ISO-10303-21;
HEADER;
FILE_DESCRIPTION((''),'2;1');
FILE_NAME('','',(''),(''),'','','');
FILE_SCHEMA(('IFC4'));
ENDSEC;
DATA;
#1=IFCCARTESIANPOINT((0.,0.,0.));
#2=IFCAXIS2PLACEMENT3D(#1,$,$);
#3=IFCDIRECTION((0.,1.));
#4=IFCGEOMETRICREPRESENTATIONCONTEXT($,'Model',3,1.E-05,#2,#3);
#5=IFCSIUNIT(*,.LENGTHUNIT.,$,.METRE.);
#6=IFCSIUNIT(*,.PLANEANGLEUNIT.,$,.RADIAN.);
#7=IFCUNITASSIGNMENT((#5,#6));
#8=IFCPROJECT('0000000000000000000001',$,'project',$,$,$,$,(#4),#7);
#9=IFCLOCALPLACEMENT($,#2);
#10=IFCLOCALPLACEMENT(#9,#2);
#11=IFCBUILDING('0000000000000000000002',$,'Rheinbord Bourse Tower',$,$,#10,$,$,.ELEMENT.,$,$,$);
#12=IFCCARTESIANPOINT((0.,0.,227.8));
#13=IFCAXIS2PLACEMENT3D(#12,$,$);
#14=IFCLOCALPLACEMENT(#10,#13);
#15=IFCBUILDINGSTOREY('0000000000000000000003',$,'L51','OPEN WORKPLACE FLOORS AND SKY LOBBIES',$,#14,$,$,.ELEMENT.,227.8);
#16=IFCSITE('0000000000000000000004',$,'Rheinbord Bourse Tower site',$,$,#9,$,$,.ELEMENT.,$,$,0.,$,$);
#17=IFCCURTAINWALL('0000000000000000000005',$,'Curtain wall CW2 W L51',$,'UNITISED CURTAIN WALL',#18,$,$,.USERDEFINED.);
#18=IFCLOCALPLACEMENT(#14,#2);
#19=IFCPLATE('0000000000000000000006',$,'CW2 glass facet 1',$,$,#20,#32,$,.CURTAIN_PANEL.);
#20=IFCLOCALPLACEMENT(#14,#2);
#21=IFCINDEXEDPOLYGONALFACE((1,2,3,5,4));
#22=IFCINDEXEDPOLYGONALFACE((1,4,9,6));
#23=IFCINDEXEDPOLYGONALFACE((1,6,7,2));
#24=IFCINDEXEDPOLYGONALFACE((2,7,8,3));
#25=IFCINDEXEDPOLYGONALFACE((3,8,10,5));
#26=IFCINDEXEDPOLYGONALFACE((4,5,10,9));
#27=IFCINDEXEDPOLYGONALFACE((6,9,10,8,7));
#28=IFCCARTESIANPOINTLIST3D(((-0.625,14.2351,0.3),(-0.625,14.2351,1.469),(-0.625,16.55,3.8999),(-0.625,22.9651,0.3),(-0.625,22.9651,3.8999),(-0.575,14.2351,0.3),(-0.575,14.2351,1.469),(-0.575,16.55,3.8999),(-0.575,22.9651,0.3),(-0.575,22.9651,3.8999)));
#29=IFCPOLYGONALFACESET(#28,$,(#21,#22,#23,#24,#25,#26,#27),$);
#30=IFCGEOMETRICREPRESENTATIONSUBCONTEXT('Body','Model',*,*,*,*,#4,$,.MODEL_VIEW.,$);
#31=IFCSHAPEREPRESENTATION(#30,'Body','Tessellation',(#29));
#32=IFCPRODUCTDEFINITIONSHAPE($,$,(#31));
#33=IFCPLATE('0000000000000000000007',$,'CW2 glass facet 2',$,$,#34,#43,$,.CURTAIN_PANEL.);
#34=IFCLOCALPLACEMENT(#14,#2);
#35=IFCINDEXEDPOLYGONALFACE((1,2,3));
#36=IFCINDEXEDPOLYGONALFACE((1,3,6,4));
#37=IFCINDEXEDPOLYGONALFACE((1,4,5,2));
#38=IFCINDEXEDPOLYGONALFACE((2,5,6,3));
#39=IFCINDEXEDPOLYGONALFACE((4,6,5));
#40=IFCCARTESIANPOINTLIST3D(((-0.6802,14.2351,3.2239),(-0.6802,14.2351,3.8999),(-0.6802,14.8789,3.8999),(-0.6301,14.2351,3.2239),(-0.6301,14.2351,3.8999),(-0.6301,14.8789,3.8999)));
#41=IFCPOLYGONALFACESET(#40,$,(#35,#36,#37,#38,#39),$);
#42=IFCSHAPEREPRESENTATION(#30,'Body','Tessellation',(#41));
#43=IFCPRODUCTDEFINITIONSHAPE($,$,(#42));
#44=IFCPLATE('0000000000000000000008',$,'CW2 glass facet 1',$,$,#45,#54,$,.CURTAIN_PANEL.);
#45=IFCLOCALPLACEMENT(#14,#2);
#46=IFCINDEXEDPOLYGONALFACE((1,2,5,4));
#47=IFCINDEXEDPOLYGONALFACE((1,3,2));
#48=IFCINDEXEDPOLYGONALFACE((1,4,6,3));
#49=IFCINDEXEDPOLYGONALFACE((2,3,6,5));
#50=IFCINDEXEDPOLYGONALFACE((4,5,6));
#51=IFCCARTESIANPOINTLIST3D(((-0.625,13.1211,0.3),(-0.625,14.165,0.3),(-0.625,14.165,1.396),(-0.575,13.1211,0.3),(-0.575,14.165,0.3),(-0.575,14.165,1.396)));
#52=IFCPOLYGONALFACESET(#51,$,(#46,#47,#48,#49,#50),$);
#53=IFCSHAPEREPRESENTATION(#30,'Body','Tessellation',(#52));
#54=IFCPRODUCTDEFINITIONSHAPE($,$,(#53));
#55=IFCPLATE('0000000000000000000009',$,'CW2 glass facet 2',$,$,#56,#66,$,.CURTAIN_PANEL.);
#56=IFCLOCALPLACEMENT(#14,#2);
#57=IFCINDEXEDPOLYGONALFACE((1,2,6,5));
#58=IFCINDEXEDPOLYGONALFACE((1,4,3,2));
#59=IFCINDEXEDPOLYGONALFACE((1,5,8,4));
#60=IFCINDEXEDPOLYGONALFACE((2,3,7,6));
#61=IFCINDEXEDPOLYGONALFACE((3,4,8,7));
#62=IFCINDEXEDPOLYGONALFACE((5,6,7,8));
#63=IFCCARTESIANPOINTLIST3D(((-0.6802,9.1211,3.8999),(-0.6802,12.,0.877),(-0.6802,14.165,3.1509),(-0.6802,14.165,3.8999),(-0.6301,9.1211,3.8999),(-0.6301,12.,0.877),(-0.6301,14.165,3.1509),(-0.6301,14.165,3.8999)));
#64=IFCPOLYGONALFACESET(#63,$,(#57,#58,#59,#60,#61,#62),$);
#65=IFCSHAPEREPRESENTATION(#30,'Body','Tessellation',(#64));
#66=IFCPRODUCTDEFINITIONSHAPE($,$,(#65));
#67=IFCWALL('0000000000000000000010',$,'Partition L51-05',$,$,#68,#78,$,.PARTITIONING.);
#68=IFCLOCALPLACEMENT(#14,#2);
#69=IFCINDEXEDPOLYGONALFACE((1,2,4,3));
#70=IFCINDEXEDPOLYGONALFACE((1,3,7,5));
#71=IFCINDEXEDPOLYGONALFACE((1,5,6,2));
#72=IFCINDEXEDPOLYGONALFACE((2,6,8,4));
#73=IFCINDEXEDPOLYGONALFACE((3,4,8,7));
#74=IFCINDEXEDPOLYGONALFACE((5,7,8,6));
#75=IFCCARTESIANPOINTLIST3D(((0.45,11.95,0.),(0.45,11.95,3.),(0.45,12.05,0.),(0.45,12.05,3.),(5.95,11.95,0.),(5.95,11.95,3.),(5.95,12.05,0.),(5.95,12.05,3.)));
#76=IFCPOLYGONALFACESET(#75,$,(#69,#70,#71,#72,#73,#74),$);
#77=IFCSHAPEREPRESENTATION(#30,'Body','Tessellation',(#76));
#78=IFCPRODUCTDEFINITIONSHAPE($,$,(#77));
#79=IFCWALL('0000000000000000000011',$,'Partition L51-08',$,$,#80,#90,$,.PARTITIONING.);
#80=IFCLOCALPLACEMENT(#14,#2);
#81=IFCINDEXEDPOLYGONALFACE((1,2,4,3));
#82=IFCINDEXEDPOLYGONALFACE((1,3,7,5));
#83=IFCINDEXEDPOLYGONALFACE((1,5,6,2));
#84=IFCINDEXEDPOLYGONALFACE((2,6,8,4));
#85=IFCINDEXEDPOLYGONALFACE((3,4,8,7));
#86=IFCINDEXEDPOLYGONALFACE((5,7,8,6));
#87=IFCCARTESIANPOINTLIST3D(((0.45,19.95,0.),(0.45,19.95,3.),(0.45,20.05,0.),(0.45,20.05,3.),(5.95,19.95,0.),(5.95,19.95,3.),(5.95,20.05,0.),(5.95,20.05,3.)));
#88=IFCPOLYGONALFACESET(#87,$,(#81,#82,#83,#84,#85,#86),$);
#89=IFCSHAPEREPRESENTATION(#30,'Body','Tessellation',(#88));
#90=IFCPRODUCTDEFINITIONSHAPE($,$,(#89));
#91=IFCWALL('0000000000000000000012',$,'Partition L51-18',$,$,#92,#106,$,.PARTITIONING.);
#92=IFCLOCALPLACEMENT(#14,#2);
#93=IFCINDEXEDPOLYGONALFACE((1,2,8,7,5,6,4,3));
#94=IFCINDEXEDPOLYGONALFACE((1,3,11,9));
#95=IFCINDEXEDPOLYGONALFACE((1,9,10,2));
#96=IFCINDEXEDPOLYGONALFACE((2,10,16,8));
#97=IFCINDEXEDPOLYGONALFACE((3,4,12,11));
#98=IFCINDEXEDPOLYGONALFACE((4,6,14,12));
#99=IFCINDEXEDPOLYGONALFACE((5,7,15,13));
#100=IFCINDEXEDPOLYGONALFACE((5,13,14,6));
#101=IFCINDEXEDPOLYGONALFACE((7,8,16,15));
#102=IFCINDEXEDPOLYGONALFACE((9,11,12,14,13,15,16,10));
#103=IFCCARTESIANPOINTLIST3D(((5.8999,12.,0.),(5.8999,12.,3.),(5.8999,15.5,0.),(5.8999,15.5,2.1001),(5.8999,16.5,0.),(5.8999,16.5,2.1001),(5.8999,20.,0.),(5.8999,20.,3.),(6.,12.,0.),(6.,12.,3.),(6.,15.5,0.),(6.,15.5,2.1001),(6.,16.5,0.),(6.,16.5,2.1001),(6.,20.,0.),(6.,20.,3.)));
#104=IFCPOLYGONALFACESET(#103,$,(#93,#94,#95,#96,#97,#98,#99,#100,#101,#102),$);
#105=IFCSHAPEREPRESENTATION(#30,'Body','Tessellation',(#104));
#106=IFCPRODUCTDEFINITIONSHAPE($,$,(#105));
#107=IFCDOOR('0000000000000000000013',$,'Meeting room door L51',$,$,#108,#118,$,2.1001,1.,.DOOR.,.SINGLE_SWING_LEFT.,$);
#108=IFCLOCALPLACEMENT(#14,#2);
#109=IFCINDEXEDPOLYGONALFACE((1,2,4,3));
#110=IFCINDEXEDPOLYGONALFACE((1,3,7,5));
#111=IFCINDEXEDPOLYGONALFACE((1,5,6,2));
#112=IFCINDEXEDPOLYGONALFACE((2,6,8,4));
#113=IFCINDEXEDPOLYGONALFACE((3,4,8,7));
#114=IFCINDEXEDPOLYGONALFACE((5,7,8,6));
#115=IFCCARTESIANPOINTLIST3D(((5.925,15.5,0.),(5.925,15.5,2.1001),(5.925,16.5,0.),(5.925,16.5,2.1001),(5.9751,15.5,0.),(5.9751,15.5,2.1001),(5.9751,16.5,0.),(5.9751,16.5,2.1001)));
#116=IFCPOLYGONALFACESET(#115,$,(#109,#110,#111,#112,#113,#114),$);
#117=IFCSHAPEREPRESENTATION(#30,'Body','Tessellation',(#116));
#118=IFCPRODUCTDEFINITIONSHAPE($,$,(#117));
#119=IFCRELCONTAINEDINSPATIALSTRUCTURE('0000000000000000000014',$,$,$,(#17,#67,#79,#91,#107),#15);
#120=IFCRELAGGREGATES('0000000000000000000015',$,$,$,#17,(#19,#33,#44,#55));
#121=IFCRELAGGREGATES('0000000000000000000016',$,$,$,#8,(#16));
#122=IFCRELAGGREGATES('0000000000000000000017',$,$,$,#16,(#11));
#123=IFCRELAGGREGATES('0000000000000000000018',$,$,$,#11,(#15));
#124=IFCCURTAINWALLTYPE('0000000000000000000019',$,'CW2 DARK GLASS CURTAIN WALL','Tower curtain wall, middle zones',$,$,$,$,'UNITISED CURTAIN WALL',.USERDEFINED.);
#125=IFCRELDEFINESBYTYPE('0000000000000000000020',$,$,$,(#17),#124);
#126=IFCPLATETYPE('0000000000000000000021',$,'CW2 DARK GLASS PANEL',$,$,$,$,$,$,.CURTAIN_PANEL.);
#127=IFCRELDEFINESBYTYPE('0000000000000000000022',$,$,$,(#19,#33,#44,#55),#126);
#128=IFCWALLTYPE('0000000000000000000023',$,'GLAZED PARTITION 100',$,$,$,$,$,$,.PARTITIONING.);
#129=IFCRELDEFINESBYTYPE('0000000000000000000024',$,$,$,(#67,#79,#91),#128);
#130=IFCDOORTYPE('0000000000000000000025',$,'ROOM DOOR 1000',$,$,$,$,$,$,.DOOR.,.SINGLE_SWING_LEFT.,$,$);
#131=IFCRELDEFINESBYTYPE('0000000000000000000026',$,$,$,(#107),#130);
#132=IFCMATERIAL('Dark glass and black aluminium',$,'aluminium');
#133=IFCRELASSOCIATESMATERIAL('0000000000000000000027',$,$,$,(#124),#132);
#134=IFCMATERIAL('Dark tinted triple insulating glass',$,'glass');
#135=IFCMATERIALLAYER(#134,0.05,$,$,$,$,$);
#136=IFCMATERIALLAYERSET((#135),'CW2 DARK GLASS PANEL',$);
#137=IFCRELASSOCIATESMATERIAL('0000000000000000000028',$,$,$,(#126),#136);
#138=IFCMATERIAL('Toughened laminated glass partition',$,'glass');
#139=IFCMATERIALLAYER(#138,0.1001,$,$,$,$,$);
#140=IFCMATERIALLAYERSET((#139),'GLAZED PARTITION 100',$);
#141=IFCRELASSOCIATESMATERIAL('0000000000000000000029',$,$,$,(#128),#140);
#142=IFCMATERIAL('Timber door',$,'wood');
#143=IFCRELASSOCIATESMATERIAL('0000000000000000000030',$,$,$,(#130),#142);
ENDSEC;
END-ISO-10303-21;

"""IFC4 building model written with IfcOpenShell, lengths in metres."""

from ifc_helpers import new_model, si_unit, direction, frame, frame_2d, origin, place, context, subcontext, project, spatial, polyline, rectangle, outline, extrude, material, layer, layer_set, type_object, element, fill, aggregate, save


model = new_model("IFC4")

# Units and contexts
model_context = context("Model", 3, precision=1e-05, world=origin(), true_north=direction((0.0, 1.0)))
body_context = subcontext(model_context, "Body", "Model", "MODEL_VIEW")
ifc_project = project(units=[si_unit("LENGTHUNIT", "METRE"), si_unit("PLANEANGLEUNIT", "RADIAN")], contexts=[model_context])

# Site, building, storey
site_placement = place(None, origin())
site = spatial("IfcSite", under=ifc_project, at=site_placement, Name="Rheinbord Bourse Tower site", CompositionType="ELEMENT", RefElevation=0.0)
building_placement = place(site_placement, origin())
building = spatial("IfcBuilding", under=site, at=building_placement, Name="Rheinbord Bourse Tower", CompositionType="ELEMENT")
storey_placement = place(building_placement, frame((0.0, 0.0, 227.8)))
storey = spatial("IfcBuildingStorey", under=building, at=storey_placement, Name="L51", Description="OPEN WORKPLACE FLOORS AND SKY LOBBIES", CompositionType="ELEMENT", Elevation=227.8)

# Curtain wall
ifc_material_1 = material(Name="Dark glass and black aluminium", Category="aluminium")
curtain_wall_type = type_object("IfcCurtainWallType", Name="CW2 DARK GLASS CURTAIN WALL", Description="Tower curtain wall, middle zones", ElementType="UNITISED CURTAIN WALL", PredefinedType="USERDEFINED", material=ifc_material_1)
curtain_wall_placement = place(storey_placement, origin())
curtain_wall = element("IfcCurtainWall", 1, at=curtain_wall_placement, inside=storey, type_object=curtain_wall_type, Name="Curtain wall CW2 W L51", ObjectType="UNITISED CURTAIN WALL", PredefinedType="USERDEFINED")

# Plates
ifc_material_2 = material(Name="Dark tinted triple insulating glass", Category="glass")
ifc_layer_1 = layer(ifc_material_2, 0.05)
ifc_layer_set_1 = layer_set([ifc_layer_1], Name="CW2 DARK GLASS PANEL")
plate_type = type_object("IfcPlateType", Name="CW2 DARK GLASS PANEL", PredefinedType="CURTAIN_PANEL", material=ifc_layer_set_1)
plate_1_placement = place(storey_placement, frame((-0.625, 14.2351, 0.3), z_axis=(1.0, 0.0, 0.0), x_axis=(0.0, 1.0, 0.0)))
plate_1 = element("IfcPlate", 2, at=plate_1_placement, type_object=plate_type, Name="CW2 glass facet 1", PredefinedType="CURTAIN_PANEL", context=body_context, shape_type="SweptSolid", body=[
    extrude(outline(polyline([(0.0, 0.0), (8.73, 0.0), (8.73, 3.5999), (2.3149, 3.5999), (0.0, 1.1689), (0.0, 0.0)])), origin(), (0.0, 0.0, 1.0), 0.05),
])
plate_2_placement = place(storey_placement, frame((-0.6802, 14.2351, 3.8999), z_axis=(1.0, 0.0, 0.0), x_axis=(0.0, 0.0, -1.0)))
plate_2 = element("IfcPlate", 3, at=plate_2_placement, type_object=plate_type, Name="CW2 glass facet 2", PredefinedType="CURTAIN_PANEL", context=body_context, shape_type="SweptSolid", body=[
    extrude(outline(polyline([(0.0, 0.0), (0.676, 0.0), (0.0, 0.6438), (0.0, 0.0)])), origin(), (0.0, 0.0, 1.0), 0.05),
])
plate_3_placement = place(storey_placement, frame((-0.625, 14.165, 0.3), z_axis=(1.0, 0.0, 0.0), x_axis=(0.0, 0.0, 1.0)))
plate_3 = element("IfcPlate", 4, at=plate_3_placement, type_object=plate_type, Name="CW2 glass facet 1", PredefinedType="CURTAIN_PANEL", context=body_context, shape_type="SweptSolid", body=[
    extrude(outline(polyline([(0.0, 0.0), (1.0959, 0.0), (0.0, 1.0439), (0.0, 0.0)])), origin(), (0.0, 0.0, 1.0), 0.05),
])
plate_4_placement = place(storey_placement, frame((-0.6802, 14.165, 3.8999), z_axis=(1.0, 0.0, 0.0), x_axis=(0.0, -1.0, 0.0)))
plate_4 = element("IfcPlate", 5, at=plate_4_placement, type_object=plate_type, Name="CW2 glass facet 2", PredefinedType="CURTAIN_PANEL", context=body_context, shape_type="SweptSolid", body=[
    extrude(outline(polyline([(0.0, 0.0), (5.0439, 0.0), (2.165, 3.0229), (0.0, 0.749), (0.0, 0.0)])), origin(), (0.0, 0.0, 1.0), 0.05),
])
aggregate(curtain_wall, [plate_1, plate_2, plate_3, plate_4])

# Walls
ifc_material_3 = material(Name="Toughened laminated glass partition", Category="glass")
ifc_layer_2 = layer(ifc_material_3, 0.1001)
ifc_layer_set_2 = layer_set([ifc_layer_2], Name="GLAZED PARTITION 100")
wall_type = type_object("IfcWallType", Name="GLAZED PARTITION 100", PredefinedType="PARTITIONING", material=ifc_layer_set_2)
for number, where, z_axis, x_axis, name in (
    (6, (0.45, 12.0, 0.0), (0.0, 0.0, 1.0), (1.0, 0.0, 0.0), "Partition L51-05"),
    (7, (0.45, 20.0, 0.0), (0.0, 0.0, 1.0), (1.0, 0.0, 0.0), "Partition L51-08"),
):
    element("IfcWall", number, at=place(storey_placement, frame(where, z_axis=z_axis, x_axis=x_axis)), inside=storey, type_object=wall_type, Name=name, PredefinedType="PARTITIONING", context=body_context, shape_type="SweptSolid", body=[
        extrude(rectangle(XDim=5.5, YDim=0.1001, at=frame_2d((2.75, 0.0))), origin(), (0.0, 0.0, 1.0), 3.0),
    ])

# Wall, opening, door
wall_placement = place(storey_placement, frame((5.95, 12.0, 0.0), z_axis=(0.0, 0.0, 1.0), x_axis=(0.0, 1.0, 0.0)))
wall = element("IfcWall", 8, at=wall_placement, inside=storey, type_object=wall_type, Name="Partition L51-18", PredefinedType="PARTITIONING", context=body_context, shape_type="SweptSolid", body=[
    extrude(rectangle(XDim=8.0, YDim=0.1001, at=frame_2d((4.0, 0.0))), origin(), (0.0, 0.0, 1.0), 3.0),
])
opening_placement = place(wall_placement, frame((3.5, 0.0, 0.0)))
opening = element("IfcOpeningElement", 9, at=opening_placement, cuts=wall, PredefinedType="OPENING", context=body_context, shape_type="SweptSolid", body=[
    extrude(rectangle(XDim=1.0, YDim=2.1001, at=frame_2d((0.5, 1.05))), frame((0.0, 0.0601, 0.0), z_axis=(0.0, -1.0, 0.0), x_axis=(1.0, 0.0, 0.0)), (0.0, 0.0, 1.0), 0.1201),
])
ifc_material_4 = material(Name="Timber door", Category="wood")
door_type = type_object("IfcDoorType", Name="ROOM DOOR 1000", OperationType="SINGLE_SWING_LEFT", PredefinedType="DOOR", material=ifc_material_4)
door_placement = place(opening_placement, origin())
door = element("IfcDoor", 10, at=door_placement, inside=storey, type_object=door_type, Name="Meeting room door L51", OperationType="SINGLE_SWING_LEFT", OverallHeight=2.1001, OverallWidth=1.0, PredefinedType="DOOR", context=body_context, shape_type="SweptSolid", body=[
    extrude(rectangle(XDim=1.0, YDim=2.1001, at=frame_2d((0.5, 1.05))), frame((0.0, 0.0249, 0.0), z_axis=(0.0, -1.0, 0.0), x_axis=(1.0, 0.0, 0.0)), (0.0, 0.0, 1.0), 0.05),
])
fill(opening, door)

save(model, "model.ifc")
